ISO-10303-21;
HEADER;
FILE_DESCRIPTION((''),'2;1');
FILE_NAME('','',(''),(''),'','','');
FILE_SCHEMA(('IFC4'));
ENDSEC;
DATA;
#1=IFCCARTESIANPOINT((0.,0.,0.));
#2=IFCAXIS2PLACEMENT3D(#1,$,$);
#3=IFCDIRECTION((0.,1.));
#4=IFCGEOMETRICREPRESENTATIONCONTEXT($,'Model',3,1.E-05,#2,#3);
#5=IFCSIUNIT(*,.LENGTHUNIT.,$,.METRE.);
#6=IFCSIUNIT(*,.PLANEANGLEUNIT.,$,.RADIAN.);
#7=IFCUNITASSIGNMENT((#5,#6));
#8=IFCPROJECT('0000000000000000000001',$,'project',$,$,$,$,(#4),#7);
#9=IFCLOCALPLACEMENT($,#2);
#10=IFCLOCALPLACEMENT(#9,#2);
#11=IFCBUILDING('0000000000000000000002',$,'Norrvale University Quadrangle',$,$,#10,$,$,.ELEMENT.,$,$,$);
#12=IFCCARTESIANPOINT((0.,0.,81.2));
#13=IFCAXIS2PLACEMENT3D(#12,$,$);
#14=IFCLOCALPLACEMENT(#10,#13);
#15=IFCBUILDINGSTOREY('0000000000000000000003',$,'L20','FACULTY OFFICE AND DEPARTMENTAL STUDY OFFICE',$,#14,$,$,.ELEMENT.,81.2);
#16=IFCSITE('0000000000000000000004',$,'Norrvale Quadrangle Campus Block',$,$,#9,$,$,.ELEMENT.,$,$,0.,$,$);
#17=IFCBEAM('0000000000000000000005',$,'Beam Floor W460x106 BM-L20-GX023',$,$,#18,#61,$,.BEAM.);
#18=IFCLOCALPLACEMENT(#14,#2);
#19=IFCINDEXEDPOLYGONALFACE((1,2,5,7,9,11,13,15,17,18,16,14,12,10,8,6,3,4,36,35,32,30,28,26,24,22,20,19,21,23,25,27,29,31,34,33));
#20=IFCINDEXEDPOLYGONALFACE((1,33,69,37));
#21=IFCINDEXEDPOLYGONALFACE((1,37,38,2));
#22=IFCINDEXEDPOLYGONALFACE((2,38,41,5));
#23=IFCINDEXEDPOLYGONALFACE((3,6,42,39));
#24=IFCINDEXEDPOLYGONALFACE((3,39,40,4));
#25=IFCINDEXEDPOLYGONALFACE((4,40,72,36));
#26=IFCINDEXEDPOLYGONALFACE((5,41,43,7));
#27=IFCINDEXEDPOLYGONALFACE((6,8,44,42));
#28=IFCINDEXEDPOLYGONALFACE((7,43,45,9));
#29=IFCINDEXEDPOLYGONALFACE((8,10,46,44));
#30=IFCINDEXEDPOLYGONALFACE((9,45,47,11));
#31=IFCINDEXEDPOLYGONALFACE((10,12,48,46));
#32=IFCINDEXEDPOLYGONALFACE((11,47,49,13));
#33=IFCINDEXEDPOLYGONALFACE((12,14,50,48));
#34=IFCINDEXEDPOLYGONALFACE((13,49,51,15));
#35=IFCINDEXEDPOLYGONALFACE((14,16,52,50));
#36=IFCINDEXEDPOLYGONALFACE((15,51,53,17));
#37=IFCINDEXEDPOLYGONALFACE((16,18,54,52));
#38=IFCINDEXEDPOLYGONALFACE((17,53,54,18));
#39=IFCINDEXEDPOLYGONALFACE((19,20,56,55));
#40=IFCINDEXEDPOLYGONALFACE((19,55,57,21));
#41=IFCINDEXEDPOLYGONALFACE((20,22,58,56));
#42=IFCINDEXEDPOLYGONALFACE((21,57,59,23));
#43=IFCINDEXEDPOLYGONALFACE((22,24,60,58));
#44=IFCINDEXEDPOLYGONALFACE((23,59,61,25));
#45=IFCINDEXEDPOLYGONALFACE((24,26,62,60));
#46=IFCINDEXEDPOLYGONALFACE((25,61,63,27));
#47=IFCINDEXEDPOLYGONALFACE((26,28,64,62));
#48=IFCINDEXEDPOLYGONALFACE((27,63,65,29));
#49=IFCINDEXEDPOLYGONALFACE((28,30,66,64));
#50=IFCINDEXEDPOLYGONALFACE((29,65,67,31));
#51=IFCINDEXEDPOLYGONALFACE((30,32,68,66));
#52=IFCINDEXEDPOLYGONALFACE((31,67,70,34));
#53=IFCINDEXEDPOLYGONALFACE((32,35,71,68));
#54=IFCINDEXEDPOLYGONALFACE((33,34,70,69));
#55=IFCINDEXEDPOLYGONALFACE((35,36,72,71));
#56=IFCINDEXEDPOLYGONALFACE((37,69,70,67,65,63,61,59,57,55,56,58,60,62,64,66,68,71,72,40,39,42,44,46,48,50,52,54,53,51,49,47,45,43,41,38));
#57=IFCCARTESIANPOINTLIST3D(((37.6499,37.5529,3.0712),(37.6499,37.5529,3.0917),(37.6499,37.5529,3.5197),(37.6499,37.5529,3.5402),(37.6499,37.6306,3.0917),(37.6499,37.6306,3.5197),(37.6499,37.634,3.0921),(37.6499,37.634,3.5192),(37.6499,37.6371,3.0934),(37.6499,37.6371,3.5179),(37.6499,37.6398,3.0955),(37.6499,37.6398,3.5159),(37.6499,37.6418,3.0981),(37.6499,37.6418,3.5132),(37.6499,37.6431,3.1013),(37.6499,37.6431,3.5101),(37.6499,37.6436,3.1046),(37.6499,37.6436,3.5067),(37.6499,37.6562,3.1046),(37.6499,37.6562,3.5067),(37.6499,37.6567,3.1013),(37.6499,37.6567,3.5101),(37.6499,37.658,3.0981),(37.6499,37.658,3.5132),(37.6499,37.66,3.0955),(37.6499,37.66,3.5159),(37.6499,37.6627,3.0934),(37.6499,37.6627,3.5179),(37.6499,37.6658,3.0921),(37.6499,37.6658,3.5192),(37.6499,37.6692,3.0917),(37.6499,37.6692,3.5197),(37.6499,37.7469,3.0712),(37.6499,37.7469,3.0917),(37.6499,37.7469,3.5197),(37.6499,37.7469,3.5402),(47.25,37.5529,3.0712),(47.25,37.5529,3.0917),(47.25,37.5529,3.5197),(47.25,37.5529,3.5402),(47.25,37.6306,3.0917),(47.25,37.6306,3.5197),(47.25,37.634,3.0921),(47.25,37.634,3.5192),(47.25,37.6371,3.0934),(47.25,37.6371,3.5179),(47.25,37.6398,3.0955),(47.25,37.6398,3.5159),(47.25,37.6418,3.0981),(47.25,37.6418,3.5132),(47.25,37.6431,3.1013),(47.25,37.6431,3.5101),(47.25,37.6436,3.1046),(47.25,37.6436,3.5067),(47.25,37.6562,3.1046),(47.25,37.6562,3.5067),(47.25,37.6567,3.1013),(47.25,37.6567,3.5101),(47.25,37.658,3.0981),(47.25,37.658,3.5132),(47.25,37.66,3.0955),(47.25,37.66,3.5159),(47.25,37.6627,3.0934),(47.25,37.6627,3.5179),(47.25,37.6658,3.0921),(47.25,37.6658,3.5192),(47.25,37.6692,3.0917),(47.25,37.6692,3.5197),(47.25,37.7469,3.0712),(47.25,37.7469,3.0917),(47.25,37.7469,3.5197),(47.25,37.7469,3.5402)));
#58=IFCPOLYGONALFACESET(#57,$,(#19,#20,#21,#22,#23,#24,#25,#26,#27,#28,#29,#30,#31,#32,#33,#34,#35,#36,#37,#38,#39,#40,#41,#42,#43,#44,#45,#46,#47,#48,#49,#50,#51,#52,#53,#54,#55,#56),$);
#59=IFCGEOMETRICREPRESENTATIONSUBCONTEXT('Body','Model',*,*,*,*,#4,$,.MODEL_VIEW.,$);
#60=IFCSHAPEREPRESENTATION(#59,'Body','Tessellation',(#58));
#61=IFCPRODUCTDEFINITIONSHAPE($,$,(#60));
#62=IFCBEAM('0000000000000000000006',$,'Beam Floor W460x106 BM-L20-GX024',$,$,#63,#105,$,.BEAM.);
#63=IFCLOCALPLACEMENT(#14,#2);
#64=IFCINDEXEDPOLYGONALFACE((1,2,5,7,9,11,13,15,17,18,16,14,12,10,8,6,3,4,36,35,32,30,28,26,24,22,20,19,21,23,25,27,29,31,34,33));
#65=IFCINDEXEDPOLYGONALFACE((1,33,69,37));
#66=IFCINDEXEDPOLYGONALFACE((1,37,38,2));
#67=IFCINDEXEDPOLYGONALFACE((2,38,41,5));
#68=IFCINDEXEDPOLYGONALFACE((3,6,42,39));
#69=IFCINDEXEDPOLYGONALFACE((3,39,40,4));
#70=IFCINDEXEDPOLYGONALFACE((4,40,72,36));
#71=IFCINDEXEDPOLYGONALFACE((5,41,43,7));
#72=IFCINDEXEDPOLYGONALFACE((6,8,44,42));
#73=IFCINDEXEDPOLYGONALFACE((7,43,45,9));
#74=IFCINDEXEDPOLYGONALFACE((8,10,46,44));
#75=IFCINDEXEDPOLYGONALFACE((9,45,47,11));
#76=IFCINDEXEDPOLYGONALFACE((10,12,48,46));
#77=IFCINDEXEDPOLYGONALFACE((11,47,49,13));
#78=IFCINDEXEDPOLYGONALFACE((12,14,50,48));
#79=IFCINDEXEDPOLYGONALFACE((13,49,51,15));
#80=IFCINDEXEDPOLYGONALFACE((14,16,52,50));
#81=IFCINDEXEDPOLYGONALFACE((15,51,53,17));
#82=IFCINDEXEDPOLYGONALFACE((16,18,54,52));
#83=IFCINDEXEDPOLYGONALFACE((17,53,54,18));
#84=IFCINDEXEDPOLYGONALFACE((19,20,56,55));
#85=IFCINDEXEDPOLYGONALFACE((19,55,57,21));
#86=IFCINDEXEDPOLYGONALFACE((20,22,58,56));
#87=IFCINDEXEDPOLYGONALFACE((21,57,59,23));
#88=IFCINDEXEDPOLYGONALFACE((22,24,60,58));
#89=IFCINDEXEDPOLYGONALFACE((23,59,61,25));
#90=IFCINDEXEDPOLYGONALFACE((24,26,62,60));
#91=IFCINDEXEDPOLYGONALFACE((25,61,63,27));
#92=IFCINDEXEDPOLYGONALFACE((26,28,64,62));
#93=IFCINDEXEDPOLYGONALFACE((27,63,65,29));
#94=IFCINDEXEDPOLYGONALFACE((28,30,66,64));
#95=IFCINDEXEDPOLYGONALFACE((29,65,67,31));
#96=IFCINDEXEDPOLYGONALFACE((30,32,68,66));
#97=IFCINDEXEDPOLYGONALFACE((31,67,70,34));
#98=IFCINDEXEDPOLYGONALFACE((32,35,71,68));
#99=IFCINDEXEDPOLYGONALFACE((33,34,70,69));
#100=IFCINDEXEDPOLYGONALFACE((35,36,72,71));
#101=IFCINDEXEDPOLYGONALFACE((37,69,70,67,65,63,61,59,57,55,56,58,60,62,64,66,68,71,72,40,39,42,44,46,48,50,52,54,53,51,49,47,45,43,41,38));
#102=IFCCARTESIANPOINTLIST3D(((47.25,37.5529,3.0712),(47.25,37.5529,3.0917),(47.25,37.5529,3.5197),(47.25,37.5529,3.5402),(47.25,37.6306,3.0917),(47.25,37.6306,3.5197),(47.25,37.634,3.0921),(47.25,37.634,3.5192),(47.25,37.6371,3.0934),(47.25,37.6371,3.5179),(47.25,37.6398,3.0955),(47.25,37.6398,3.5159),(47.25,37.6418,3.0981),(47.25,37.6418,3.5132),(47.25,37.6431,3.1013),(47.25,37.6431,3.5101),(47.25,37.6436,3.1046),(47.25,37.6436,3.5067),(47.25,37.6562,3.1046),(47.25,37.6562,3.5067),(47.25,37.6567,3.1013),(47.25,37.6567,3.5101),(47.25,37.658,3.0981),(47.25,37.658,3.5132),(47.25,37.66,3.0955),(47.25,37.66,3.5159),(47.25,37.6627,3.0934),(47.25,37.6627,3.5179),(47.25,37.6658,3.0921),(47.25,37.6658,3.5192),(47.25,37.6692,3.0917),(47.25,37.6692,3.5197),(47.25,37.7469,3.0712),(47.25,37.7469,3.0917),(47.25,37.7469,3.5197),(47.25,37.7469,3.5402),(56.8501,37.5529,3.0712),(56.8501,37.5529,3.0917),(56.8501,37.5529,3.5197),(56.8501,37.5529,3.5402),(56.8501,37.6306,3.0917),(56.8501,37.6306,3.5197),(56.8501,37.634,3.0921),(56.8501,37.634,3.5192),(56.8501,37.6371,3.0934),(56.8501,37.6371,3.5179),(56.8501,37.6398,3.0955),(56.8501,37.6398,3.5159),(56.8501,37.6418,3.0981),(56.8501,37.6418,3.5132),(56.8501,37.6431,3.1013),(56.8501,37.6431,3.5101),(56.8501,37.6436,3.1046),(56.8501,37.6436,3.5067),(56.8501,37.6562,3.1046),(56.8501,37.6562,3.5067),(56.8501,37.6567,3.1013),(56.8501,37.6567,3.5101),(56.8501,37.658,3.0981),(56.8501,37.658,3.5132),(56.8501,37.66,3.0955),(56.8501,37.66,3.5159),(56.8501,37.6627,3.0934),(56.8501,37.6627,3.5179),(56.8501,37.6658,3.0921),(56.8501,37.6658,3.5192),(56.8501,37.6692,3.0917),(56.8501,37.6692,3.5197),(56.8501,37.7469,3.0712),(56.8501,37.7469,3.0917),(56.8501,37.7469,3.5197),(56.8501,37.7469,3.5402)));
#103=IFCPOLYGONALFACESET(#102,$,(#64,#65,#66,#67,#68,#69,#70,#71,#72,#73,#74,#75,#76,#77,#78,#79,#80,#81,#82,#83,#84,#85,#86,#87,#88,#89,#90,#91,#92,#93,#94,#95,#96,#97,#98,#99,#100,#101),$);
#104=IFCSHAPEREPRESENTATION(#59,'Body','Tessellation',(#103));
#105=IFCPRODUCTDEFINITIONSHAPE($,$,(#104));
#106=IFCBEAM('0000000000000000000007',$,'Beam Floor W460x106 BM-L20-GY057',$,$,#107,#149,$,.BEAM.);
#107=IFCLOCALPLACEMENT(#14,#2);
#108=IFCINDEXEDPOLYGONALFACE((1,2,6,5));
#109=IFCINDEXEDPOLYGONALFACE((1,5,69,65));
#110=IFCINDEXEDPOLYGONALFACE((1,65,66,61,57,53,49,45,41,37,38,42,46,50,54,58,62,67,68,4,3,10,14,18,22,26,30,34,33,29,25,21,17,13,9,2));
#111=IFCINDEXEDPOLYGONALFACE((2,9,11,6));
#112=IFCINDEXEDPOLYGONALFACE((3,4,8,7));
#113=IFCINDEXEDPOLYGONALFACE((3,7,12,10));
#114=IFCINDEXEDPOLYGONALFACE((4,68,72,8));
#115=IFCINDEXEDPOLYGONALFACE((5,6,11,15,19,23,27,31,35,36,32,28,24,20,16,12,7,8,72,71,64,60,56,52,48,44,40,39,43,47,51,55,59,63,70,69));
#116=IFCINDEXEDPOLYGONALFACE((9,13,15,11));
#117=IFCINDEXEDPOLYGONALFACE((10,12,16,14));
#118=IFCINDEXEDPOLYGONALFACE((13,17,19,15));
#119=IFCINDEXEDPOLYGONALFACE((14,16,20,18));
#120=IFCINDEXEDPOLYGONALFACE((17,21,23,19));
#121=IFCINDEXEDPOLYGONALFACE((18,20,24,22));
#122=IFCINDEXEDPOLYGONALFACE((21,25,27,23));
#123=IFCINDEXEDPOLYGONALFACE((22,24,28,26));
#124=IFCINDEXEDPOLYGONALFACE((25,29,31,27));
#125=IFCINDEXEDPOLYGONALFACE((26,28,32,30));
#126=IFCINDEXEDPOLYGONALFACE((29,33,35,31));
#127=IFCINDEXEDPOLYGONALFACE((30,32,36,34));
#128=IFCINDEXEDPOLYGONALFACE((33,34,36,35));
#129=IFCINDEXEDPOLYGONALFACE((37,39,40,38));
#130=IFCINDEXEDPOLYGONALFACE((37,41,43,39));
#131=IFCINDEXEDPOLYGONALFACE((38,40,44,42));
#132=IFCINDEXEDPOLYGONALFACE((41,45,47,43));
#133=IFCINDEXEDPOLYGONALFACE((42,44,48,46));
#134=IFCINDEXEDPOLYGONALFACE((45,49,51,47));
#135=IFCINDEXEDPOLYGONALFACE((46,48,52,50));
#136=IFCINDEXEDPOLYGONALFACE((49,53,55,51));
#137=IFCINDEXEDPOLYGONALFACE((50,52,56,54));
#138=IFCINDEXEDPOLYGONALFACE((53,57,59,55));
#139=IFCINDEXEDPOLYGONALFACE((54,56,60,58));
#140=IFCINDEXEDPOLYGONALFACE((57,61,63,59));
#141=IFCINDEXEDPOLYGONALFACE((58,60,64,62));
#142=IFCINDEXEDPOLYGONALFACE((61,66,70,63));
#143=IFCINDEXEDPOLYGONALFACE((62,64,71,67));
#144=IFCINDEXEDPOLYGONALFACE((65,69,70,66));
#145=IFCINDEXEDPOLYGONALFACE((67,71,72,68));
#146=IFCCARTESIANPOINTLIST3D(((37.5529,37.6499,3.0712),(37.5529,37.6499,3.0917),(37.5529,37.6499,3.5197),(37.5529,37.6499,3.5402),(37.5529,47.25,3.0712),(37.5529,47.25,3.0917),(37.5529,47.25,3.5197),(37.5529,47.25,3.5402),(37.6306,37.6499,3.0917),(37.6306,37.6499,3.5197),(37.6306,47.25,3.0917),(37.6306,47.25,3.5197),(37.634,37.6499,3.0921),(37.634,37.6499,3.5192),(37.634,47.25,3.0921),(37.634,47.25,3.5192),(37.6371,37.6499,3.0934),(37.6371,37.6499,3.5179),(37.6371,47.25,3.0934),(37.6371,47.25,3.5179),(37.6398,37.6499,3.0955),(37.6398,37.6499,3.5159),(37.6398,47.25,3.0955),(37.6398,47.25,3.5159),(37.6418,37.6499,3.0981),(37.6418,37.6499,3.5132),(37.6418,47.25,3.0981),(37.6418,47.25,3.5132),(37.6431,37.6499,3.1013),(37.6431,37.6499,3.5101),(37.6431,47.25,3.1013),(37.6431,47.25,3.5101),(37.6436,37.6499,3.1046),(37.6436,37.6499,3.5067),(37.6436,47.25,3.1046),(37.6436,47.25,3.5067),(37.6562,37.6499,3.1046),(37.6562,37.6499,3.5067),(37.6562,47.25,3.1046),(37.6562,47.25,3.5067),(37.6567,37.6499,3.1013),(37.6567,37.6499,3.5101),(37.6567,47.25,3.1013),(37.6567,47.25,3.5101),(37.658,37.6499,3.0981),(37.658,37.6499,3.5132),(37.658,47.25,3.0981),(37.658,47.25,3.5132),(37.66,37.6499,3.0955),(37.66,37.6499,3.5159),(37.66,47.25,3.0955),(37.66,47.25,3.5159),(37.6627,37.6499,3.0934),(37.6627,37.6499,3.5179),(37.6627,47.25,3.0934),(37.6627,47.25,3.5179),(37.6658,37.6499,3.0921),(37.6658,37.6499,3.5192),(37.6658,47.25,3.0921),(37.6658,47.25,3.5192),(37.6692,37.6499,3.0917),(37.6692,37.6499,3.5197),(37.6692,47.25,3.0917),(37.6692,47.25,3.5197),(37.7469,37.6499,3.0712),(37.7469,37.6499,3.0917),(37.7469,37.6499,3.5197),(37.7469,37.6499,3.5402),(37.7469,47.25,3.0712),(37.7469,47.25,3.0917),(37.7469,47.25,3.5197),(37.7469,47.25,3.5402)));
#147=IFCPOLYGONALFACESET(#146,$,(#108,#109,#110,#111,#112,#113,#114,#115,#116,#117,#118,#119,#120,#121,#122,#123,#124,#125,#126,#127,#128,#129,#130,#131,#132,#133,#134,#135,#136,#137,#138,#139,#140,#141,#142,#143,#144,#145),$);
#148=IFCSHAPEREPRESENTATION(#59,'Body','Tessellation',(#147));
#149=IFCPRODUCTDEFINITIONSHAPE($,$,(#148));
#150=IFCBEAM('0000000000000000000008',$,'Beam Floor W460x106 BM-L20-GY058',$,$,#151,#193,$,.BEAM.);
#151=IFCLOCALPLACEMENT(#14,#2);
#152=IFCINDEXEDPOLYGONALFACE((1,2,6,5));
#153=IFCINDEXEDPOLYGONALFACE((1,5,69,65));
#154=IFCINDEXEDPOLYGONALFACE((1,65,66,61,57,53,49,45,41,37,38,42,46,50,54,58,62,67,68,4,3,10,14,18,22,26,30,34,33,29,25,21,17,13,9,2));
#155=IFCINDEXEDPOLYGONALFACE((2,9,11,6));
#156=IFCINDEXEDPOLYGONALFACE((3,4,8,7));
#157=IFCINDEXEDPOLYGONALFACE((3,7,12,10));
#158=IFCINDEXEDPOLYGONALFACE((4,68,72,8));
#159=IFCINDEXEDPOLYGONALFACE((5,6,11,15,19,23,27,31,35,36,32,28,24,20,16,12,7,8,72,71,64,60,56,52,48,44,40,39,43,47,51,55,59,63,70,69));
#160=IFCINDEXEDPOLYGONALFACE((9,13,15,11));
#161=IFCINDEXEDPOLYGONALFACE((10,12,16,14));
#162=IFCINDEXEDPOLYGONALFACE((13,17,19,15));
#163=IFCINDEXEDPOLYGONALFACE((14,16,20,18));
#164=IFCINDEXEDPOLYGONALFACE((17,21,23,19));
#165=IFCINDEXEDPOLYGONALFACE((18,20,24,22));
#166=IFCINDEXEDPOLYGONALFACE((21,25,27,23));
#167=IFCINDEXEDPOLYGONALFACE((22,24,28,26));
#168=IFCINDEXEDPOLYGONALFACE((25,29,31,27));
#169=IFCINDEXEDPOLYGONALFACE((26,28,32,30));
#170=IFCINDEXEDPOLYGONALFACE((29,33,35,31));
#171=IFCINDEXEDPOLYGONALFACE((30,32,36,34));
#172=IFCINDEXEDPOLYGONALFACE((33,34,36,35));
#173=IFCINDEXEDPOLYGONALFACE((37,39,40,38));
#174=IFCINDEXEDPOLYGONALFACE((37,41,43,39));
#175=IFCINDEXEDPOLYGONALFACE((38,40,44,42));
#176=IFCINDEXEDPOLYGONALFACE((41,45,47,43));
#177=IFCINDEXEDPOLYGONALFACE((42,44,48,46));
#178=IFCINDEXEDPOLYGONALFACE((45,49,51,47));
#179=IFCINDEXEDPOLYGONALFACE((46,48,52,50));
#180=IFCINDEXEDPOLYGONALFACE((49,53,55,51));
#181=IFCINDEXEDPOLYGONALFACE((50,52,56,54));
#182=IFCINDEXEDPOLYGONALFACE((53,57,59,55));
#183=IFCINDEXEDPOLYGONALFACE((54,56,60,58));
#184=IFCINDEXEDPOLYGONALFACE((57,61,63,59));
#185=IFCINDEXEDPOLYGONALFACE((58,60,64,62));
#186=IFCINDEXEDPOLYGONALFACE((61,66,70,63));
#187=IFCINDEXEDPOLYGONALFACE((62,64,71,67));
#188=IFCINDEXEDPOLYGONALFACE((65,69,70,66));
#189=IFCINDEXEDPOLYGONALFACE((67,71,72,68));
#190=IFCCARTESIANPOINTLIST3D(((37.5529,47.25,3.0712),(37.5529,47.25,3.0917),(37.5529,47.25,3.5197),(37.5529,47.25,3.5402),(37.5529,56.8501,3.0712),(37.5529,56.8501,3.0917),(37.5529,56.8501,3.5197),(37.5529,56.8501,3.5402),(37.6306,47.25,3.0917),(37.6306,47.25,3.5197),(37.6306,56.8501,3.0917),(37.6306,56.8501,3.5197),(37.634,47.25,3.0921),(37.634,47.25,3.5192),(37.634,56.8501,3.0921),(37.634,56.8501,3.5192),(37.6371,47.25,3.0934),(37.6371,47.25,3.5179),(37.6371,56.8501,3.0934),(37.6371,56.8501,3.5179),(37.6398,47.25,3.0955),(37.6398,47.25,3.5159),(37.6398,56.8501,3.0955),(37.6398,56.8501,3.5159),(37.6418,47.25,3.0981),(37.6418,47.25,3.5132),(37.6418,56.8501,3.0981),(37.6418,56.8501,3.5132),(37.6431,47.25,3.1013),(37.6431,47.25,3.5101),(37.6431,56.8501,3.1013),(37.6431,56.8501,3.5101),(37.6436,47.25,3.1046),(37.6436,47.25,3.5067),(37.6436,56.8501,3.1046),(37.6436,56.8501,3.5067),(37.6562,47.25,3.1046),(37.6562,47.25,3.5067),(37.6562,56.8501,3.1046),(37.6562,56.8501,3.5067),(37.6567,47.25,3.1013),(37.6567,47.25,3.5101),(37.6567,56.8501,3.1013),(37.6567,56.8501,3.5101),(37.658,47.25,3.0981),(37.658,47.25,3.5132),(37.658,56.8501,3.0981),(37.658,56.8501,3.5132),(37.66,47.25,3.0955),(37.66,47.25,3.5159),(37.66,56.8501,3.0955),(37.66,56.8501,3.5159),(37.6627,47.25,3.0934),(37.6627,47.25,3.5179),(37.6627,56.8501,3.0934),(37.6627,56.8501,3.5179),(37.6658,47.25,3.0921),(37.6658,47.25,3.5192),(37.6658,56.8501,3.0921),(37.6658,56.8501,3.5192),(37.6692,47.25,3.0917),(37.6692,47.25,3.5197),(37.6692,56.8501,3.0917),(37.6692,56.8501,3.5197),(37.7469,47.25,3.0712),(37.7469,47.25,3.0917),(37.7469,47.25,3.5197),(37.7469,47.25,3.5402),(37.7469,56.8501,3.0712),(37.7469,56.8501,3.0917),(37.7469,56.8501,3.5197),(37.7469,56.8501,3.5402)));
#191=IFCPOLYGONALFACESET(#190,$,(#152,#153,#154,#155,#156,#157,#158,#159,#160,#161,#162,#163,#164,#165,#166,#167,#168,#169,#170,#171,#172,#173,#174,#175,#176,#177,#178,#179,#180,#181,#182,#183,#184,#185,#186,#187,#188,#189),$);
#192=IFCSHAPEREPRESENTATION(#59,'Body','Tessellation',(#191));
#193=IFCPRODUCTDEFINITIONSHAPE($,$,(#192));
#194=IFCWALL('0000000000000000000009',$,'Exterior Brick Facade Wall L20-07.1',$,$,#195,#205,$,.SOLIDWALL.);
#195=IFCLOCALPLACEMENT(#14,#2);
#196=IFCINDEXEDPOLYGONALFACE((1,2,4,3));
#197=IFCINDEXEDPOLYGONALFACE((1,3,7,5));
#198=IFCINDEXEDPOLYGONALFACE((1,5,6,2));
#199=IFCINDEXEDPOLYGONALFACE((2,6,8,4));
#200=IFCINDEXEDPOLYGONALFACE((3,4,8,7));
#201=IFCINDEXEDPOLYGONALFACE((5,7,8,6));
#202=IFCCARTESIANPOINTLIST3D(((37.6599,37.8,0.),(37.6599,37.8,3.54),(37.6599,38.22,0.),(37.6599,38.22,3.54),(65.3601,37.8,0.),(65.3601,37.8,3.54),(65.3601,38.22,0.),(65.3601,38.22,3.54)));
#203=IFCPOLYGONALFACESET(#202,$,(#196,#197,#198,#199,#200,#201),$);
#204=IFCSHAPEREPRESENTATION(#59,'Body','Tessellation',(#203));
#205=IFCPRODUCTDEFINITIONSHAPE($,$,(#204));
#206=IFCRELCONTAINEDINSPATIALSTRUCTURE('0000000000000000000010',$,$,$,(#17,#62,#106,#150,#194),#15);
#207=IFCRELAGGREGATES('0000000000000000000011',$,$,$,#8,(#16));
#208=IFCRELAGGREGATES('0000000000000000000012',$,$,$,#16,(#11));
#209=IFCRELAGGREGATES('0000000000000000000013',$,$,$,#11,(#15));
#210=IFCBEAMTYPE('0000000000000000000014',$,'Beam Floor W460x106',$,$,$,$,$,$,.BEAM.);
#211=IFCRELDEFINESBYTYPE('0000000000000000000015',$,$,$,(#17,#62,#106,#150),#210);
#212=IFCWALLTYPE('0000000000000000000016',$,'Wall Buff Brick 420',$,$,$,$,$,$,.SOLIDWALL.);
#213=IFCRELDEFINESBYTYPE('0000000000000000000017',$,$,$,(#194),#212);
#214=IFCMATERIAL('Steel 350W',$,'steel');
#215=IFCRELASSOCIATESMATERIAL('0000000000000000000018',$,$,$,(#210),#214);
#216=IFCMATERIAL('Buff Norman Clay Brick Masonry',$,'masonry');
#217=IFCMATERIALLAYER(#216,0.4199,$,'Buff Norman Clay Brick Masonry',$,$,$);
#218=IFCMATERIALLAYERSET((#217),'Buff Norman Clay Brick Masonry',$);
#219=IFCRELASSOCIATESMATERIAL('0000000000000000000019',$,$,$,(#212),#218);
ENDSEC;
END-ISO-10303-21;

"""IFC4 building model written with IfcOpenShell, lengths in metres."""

from ifc_helpers import new_model, si_unit, direction, frame, frame_2d, origin, origin_2d, place, context, subcontext, project, spatial, rectangle, i_section, extrude, material, layer, layer_set, material_profile, profile_set, type_object, element, save


model = new_model("IFC4")

# Units and contexts
model_context = context("Model", 3, precision=1e-05, world=origin(), true_north=direction((0.0, 1.0)))
body_context = subcontext(model_context, "Body", "Model", "MODEL_VIEW")
ifc_project = project(units=[si_unit("LENGTHUNIT", "METRE"), si_unit("PLANEANGLEUNIT", "RADIAN")], contexts=[model_context])

# Site, building, storey
site_placement = place(None, origin())
site = spatial("IfcSite", under=ifc_project, at=site_placement, Name="Norrvale Quadrangle Campus Block", CompositionType="ELEMENT", RefElevation=0.0)
building_placement = place(site_placement, origin())
building = spatial("IfcBuilding", under=site, at=building_placement, Name="Norrvale University Quadrangle", CompositionType="ELEMENT")
storey_placement = place(building_placement, frame((0.0, 0.0, 81.2)))
storey = spatial("IfcBuildingStorey", under=building, at=storey_placement, Name="L20", Description="FACULTY OFFICE AND DEPARTMENTAL STUDY OFFICE", CompositionType="ELEMENT", Elevation=81.2)

# Beams
ifc_material_1 = material(Name="Steel 350W", Category="steel")
ifc_material_profile_1 = material_profile(ifc_material_1, i_section(OverallWidth=0.1941, OverallDepth=0.469, WebThickness=0.0127, FlangeThickness=0.0205, FilletRadius=0.0129, at=origin_2d()), Name="Steel 350W")
ifc_profile_set_1 = profile_set([ifc_material_profile_1], Name="Steel 350W")
beam_type_1 = type_object("IfcBeamType", Name="Beam Floor W460x106", PredefinedType="BEAM", material=ifc_profile_set_1)
for number, where, z_axis, x_axis, name in (
    (1, (37.6499, 37.6499, 3.3057), (1.0, 0.0, 0.0), (0.0, 1.0, 0.0), "Beam Floor W460x106 BM-L20-GX023"),
    (2, (47.25, 37.6499, 3.3057), (1.0, 0.0, 0.0), (0.0, 1.0, 0.0), "Beam Floor W460x106 BM-L20-GX024"),
    (3, (37.6499, 37.6499, 3.3057), (0.0, 1.0, 0.0), (-1.0, 0.0, 0.0), "Beam Floor W460x106 BM-L20-GY057"),
    (4, (37.6499, 47.25, 3.3057), (0.0, 1.0, 0.0), (-1.0, 0.0, 0.0), "Beam Floor W460x106 BM-L20-GY058"),
):
    element("IfcBeam", number, at=place(storey_placement, frame(where, z_axis=z_axis, x_axis=x_axis)), inside=storey, type_object=beam_type_1, Name=name, PredefinedType="BEAM", context=body_context, shape_type="SweptSolid", body=[
        extrude(i_section(OverallWidth=0.1941, OverallDepth=0.469, WebThickness=0.0127, FlangeThickness=0.0205, FilletRadius=0.0129, at=origin_2d()), origin(), (0.0, 0.0, 1.0), 9.6001),
    ])

# Wall
ifc_material_2 = material(Name="Buff Norman Clay Brick Masonry", Category="masonry")
ifc_layer_1 = layer(ifc_material_2, 0.4199, Name="Buff Norman Clay Brick Masonry")
ifc_layer_set_1 = layer_set([ifc_layer_1], Name="Buff Norman Clay Brick Masonry")
wall_type_1 = type_object("IfcWallType", Name="Wall Buff Brick 420", PredefinedType="SOLIDWALL", material=ifc_layer_set_1)
for number, where, z_axis, x_axis, name in (
    (5, (65.3601, 38.01, 0.0), (0.0, 0.0, 1.0), (-1.0, 0.0, 0.0), "Exterior Brick Facade Wall L20-07.1"),
):
    element("IfcWall", number, at=place(storey_placement, frame(where, z_axis=z_axis, x_axis=x_axis)), inside=storey, type_object=wall_type_1, Name=name, PredefinedType="SOLIDWALL", context=body_context, shape_type="SweptSolid", body=[
        extrude(rectangle(XDim=27.7002, YDim=0.4199, at=frame_2d((13.8501, 0.0))), origin(), (0.0, 0.0, 1.0), 3.54),
    ])

save(model, "model.ifc")
